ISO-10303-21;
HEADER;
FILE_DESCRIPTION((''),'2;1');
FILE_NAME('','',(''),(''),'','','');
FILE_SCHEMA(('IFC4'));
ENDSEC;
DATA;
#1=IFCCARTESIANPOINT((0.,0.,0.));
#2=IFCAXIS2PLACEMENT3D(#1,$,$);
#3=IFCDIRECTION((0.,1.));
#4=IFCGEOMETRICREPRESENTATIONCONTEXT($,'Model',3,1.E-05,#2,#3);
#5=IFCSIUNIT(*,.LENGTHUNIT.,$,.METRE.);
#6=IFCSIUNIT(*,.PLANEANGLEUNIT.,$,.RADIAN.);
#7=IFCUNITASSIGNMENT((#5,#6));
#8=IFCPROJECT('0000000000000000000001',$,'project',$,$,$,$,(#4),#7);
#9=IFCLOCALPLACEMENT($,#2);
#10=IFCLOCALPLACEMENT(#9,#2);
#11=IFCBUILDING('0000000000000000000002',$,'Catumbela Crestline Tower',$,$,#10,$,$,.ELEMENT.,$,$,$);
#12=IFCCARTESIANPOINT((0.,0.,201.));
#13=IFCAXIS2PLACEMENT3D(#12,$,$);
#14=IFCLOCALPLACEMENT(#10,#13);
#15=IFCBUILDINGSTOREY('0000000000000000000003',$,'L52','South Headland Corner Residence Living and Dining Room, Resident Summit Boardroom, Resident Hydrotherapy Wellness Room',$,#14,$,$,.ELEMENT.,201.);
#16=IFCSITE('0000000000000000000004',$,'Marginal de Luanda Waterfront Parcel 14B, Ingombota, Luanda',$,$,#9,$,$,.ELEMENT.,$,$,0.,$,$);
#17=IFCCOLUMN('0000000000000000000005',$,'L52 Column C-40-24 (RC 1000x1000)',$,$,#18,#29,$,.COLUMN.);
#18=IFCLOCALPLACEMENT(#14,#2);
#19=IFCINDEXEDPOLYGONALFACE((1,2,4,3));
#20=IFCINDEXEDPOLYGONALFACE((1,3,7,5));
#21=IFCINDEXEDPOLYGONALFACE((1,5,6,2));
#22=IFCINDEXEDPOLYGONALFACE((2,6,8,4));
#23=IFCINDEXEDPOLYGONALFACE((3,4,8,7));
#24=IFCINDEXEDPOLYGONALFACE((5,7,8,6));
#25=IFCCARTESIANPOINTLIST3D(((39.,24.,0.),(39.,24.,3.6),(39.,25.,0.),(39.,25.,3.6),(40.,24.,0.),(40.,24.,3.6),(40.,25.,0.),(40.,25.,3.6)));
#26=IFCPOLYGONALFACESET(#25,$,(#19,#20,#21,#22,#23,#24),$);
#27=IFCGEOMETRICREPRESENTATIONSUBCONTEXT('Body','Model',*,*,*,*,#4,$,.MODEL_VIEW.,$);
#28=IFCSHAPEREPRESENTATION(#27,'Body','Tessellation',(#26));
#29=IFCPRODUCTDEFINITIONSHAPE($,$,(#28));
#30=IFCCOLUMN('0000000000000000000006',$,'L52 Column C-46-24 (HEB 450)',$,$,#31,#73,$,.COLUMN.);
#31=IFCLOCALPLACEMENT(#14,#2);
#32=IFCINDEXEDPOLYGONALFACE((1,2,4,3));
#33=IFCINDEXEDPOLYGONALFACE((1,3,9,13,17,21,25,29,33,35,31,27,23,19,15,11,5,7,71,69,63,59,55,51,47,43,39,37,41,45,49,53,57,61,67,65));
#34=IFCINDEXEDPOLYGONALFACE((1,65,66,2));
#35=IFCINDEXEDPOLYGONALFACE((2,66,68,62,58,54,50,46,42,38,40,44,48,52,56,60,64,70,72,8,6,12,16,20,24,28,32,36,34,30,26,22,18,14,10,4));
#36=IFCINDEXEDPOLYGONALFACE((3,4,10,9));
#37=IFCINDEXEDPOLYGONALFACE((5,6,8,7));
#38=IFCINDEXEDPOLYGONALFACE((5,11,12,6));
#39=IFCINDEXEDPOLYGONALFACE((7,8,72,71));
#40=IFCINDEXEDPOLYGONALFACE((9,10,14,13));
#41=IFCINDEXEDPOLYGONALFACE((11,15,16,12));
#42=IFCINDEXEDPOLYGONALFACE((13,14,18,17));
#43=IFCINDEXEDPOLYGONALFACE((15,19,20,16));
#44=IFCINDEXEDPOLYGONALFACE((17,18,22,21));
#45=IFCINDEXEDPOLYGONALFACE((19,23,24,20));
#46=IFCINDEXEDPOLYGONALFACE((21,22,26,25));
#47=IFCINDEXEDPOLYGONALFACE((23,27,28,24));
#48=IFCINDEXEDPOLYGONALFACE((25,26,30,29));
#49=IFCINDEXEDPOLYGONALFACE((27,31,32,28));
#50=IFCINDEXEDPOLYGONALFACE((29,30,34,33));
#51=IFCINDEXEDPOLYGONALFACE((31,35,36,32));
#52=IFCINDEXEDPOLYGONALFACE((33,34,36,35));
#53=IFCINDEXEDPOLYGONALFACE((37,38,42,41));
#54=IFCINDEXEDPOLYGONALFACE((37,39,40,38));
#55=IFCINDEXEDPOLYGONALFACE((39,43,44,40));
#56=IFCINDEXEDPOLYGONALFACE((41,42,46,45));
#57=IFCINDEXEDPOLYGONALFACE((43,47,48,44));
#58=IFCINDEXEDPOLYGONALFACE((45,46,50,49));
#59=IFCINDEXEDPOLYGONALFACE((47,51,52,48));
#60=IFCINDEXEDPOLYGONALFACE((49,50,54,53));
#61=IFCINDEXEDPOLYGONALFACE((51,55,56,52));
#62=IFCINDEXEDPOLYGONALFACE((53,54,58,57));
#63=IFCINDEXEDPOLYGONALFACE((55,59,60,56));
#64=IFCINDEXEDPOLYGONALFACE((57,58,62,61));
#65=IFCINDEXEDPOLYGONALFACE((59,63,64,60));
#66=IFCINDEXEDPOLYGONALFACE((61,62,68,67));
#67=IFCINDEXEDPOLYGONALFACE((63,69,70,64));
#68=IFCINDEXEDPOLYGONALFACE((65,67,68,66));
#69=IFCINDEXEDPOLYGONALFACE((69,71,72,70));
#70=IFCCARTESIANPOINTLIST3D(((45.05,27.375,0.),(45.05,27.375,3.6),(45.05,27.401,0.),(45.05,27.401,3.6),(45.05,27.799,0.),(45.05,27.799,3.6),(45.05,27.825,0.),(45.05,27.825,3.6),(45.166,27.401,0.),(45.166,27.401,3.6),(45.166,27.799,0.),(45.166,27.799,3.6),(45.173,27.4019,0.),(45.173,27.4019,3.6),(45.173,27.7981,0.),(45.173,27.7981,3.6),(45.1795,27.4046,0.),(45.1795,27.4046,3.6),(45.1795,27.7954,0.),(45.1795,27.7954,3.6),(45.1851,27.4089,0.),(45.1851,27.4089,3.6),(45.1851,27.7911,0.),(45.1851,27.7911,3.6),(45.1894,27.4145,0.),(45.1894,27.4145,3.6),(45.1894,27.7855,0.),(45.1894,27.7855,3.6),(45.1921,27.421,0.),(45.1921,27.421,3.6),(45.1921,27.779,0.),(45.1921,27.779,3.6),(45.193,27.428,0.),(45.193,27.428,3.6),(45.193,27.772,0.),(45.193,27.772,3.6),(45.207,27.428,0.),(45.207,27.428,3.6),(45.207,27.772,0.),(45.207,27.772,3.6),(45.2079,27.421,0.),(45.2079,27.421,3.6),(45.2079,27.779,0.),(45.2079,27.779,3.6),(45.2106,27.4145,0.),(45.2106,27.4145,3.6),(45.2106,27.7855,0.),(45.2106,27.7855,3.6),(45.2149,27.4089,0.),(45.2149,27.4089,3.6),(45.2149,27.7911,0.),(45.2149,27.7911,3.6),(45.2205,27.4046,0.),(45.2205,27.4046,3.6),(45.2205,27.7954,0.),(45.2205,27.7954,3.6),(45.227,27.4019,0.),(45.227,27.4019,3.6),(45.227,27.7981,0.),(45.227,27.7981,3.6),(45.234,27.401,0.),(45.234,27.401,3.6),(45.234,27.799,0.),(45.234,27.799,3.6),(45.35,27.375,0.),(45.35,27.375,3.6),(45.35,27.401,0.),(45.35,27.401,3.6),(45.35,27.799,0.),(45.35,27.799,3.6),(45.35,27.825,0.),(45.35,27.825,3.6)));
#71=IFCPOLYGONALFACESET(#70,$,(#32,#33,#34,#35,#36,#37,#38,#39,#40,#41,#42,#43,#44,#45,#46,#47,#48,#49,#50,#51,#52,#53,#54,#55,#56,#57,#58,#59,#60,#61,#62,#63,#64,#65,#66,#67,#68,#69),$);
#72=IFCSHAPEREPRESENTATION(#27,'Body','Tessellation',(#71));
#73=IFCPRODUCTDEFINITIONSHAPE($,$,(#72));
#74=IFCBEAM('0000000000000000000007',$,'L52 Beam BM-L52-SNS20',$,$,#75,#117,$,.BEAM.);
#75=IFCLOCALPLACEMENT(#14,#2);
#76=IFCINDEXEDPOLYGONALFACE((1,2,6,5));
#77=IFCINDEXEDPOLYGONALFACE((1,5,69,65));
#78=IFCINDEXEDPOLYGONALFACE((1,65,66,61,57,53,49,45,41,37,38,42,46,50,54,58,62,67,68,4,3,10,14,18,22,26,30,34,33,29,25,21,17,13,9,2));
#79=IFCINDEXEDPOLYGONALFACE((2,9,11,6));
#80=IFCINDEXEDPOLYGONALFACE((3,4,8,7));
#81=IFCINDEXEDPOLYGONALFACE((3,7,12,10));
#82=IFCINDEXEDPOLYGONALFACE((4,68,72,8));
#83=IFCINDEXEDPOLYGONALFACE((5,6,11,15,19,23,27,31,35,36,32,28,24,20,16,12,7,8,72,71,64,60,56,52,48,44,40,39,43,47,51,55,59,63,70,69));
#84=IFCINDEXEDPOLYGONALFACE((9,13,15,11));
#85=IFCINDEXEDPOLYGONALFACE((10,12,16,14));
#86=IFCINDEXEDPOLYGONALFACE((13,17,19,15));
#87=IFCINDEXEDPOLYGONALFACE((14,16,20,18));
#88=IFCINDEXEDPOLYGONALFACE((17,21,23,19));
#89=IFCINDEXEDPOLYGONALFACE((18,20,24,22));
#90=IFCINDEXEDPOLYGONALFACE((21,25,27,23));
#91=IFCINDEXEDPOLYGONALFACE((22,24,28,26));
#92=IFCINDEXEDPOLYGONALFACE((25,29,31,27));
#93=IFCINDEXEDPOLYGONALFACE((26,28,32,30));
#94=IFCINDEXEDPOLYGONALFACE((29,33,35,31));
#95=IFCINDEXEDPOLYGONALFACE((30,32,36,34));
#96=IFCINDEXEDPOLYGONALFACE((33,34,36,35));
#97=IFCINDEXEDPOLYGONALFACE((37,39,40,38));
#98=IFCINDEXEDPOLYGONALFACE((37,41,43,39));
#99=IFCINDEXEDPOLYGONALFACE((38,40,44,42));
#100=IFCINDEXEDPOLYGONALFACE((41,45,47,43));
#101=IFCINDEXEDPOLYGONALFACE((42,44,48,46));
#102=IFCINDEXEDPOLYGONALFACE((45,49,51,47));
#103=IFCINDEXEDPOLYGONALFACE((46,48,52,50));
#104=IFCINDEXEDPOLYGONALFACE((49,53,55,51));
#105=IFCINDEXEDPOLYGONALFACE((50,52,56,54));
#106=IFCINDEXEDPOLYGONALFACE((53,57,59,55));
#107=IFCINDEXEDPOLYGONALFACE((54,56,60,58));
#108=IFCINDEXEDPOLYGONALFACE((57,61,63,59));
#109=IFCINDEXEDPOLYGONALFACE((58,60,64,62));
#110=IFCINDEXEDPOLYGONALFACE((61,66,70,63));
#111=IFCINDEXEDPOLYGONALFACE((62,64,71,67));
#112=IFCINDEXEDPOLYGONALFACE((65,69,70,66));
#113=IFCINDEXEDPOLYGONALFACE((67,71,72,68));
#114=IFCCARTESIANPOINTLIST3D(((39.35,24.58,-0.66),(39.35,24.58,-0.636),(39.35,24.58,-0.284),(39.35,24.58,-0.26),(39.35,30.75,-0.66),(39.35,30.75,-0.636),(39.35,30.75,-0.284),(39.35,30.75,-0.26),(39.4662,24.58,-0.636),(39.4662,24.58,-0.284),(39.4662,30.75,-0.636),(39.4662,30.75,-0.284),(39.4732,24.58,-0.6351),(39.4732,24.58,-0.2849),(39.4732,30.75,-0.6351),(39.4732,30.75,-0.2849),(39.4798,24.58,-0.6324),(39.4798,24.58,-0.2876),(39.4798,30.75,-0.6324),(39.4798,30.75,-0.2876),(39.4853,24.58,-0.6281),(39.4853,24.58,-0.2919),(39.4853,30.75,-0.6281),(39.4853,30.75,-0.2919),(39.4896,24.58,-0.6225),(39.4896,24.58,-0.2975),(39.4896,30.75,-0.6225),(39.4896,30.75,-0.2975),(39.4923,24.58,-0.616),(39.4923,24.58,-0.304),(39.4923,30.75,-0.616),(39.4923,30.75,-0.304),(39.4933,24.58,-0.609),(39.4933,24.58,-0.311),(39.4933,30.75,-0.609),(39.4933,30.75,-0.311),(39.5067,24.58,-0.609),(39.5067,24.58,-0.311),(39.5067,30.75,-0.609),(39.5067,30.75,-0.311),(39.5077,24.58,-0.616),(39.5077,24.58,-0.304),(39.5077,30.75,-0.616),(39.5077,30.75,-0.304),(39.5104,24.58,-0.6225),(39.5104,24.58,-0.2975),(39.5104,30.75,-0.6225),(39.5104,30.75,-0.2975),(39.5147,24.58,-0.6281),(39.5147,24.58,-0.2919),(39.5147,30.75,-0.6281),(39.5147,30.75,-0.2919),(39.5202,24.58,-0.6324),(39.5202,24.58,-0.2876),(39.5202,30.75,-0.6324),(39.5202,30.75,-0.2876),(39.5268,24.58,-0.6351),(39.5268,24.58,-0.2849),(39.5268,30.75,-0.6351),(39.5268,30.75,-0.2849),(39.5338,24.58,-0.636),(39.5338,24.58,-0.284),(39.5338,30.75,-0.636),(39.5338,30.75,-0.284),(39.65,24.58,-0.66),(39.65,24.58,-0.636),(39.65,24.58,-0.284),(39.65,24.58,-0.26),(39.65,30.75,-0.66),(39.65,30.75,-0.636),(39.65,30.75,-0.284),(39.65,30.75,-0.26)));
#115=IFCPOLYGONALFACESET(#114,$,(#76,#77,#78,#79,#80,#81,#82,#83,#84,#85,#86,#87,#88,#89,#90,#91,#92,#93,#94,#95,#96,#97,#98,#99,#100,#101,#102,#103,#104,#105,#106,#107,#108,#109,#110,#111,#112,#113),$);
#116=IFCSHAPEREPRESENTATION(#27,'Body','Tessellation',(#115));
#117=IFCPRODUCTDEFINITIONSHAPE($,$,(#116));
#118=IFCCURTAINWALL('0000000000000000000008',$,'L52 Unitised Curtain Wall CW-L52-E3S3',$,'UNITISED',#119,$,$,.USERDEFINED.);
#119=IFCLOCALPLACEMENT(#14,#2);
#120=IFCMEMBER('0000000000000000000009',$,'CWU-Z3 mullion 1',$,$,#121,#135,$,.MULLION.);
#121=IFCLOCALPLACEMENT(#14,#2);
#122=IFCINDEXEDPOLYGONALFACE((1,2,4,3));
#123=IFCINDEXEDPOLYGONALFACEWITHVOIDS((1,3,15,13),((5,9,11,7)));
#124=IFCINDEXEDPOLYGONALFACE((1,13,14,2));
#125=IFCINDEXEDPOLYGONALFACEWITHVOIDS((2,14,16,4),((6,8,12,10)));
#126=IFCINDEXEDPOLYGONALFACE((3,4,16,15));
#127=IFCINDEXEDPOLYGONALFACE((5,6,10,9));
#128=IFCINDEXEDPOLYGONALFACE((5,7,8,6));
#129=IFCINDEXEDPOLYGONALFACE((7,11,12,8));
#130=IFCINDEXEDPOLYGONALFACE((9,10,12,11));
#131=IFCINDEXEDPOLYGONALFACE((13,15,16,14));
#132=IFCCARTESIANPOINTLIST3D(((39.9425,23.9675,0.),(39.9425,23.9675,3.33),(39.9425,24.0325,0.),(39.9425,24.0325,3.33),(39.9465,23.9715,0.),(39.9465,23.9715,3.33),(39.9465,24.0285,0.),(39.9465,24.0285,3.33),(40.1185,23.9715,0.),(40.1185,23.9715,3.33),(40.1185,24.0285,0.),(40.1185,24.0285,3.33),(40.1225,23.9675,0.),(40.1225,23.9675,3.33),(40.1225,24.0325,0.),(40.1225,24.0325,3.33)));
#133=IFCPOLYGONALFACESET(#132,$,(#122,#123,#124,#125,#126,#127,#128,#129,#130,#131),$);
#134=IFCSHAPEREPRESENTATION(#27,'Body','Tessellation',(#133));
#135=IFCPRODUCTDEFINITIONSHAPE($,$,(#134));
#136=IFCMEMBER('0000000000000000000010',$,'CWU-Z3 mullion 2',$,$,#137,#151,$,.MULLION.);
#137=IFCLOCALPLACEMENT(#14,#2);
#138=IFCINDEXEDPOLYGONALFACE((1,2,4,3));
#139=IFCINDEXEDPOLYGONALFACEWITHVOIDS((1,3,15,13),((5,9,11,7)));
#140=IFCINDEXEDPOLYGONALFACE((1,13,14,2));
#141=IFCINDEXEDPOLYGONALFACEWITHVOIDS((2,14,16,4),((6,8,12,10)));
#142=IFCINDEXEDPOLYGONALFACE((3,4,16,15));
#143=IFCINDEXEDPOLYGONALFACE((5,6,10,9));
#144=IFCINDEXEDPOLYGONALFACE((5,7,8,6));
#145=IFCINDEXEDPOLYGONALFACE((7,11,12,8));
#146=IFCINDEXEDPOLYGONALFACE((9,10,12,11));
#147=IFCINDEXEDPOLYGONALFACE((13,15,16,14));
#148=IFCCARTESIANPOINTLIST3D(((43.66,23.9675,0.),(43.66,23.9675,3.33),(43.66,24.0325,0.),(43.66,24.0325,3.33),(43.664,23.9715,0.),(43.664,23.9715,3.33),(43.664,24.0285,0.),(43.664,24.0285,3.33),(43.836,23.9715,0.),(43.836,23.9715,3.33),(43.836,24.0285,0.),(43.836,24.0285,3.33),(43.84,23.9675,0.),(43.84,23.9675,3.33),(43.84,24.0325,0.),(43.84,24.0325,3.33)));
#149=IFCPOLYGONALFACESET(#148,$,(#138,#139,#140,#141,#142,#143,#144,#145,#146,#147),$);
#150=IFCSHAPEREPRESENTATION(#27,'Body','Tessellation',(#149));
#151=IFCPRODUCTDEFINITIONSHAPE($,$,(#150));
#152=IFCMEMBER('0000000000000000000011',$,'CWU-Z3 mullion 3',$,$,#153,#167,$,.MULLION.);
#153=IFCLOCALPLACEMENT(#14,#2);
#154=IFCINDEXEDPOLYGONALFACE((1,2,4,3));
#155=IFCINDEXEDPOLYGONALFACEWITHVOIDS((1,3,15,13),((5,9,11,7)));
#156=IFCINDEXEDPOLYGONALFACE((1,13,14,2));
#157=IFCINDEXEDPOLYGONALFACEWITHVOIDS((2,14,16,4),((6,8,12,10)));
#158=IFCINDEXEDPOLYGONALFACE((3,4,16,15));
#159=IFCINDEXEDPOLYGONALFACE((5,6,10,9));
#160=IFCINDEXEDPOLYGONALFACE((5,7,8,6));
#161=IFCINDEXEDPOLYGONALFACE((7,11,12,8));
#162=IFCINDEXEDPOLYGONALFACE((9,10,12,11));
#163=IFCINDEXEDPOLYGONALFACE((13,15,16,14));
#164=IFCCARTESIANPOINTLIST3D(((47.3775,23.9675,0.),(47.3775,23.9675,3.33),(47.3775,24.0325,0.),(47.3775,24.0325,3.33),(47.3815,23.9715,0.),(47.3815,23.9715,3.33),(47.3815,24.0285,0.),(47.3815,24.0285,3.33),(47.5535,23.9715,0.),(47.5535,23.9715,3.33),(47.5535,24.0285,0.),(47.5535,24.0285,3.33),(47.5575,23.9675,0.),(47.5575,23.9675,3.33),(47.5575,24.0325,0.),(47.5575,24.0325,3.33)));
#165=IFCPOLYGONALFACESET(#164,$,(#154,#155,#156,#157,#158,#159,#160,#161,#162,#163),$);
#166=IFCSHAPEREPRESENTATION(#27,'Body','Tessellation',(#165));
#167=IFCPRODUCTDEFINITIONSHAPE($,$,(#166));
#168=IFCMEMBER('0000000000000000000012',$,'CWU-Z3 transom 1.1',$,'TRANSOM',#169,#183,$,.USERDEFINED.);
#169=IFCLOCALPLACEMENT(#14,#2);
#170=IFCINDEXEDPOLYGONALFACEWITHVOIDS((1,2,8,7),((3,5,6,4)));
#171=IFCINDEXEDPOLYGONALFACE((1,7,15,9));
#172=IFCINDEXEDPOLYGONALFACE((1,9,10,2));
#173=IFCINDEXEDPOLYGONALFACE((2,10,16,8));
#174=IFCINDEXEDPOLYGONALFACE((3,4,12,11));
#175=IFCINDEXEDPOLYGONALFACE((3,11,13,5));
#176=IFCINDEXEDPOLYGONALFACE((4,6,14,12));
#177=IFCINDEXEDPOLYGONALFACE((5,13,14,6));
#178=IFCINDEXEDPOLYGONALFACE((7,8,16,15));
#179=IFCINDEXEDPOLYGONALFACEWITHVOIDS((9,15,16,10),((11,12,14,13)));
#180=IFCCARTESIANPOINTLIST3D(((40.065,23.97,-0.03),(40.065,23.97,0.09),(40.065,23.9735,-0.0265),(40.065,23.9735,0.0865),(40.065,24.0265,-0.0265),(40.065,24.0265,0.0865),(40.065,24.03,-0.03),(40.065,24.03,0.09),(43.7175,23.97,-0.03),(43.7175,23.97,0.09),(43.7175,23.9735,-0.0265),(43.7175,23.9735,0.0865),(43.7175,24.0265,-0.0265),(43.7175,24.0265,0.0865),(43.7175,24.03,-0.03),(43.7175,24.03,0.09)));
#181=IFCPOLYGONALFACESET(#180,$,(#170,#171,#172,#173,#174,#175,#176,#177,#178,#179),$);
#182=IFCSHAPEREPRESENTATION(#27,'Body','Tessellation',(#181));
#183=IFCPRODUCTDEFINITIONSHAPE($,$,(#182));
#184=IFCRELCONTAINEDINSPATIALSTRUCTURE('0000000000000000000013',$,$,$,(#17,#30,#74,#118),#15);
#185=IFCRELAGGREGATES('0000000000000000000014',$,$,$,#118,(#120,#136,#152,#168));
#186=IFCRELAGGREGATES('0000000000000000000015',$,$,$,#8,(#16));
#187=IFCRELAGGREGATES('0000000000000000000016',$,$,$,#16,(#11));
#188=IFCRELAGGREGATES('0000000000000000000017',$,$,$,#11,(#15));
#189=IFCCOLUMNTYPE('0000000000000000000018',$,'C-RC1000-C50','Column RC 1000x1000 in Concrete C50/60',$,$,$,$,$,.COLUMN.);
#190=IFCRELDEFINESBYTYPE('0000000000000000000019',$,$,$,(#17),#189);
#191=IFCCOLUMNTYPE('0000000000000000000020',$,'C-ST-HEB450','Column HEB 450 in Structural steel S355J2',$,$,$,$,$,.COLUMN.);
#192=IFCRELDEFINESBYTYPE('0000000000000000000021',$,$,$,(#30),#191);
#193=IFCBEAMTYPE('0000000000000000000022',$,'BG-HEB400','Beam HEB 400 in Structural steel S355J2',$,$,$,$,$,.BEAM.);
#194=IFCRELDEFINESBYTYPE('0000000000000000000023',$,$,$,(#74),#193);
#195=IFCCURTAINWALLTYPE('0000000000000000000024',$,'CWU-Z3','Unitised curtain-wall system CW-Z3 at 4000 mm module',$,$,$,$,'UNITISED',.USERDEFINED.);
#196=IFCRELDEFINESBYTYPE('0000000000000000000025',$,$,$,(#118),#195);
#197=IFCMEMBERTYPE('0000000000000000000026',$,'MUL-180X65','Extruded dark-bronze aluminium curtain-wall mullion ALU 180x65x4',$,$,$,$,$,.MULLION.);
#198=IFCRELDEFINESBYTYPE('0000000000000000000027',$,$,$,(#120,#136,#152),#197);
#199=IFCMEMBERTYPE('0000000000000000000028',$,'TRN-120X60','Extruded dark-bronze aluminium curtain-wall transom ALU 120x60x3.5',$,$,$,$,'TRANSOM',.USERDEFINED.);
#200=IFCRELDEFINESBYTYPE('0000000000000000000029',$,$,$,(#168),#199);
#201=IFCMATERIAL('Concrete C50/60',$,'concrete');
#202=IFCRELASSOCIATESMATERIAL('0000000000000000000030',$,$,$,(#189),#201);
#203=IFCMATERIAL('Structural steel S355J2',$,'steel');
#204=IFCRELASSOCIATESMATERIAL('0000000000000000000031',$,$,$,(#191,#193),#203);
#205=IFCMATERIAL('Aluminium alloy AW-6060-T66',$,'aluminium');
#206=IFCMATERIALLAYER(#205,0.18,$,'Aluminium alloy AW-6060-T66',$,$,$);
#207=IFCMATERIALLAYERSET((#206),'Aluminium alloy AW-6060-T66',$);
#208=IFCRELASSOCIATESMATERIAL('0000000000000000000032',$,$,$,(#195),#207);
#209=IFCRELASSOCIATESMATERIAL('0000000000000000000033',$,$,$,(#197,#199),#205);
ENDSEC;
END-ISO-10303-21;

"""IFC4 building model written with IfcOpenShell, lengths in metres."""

from ifc_helpers import new_model, si_unit, direction, frame, origin, origin_2d, place, context, subcontext, project, spatial, rectangle, hollow_rectangle, i_section, extrude, material, layer, layer_set, material_profile, profile_set, type_object, element, aggregate, save


model = new_model("IFC4")

# Units and contexts
model_context = context("Model", 3, precision=1e-05, world=origin(), true_north=direction((0.0, 1.0)))
body_context = subcontext(model_context, "Body", "Model", "MODEL_VIEW")
ifc_project = project(units=[si_unit("LENGTHUNIT", "METRE"), si_unit("PLANEANGLEUNIT", "RADIAN")], contexts=[model_context])

# Site, building, storey
site_placement = place(None, origin())
site = spatial("IfcSite", under=ifc_project, at=site_placement, Name="Marginal de Luanda Waterfront Parcel 14B, Ingombota, Luanda", CompositionType="ELEMENT", RefElevation=0.0)
building_placement = place(site_placement, origin())
building = spatial("IfcBuilding", under=site, at=building_placement, Name="Catumbela Crestline Tower", CompositionType="ELEMENT")
storey_placement = place(building_placement, frame((0.0, 0.0, 201.0)))
storey = spatial("IfcBuildingStorey", under=building, at=storey_placement, Name="L52", Description="South Headland Corner Residence Living and Dining Room, Resident Summit Boardroom, Resident Hydrotherapy Wellness Room", CompositionType="ELEMENT", Elevation=201.0)

# Columns
ifc_material_1 = material(Name="Concrete C50/60", Category="concrete")
ifc_material_profile_1 = material_profile(ifc_material_1, rectangle(XDim=1.0, YDim=1.0, at=origin_2d()), Name="RC 1000x1000")
ifc_profile_set_1 = profile_set([ifc_material_profile_1], Name="Concrete C50/60")
column_type_1 = type_object("IfcColumnType", Name="C-RC1000-C50", Description="Column RC 1000x1000 in Concrete C50/60", PredefinedType="COLUMN", material=ifc_profile_set_1)
column_1_placement = place(storey_placement, frame((39.5, 24.5, 0.0), z_axis=(0.0, 0.0, 1.0), x_axis=(1.0, 0.0, 0.0)))
element("IfcColumn", 1, at=column_1_placement, inside=storey, type_object=column_type_1, Name="L52 Column C-40-24 (RC 1000x1000)", PredefinedType="COLUMN", context=body_context, shape_type="SweptSolid", body=[
    extrude(rectangle(XDim=1.0, YDim=1.0, at=origin_2d()), origin(), (0.0, 0.0, 1.0), 3.6),
])
ifc_material_2 = material(Name="Structural steel S355J2", Category="steel")
ifc_material_profile_2 = material_profile(ifc_material_2, i_section(OverallWidth=0.3, OverallDepth=0.45, WebThickness=0.014, FlangeThickness=0.026, FilletRadius=0.027, at=origin_2d()), Name="HEB 450")
ifc_profile_set_2 = profile_set([ifc_material_profile_2], Name="Structural steel S355J2")
column_type_2 = type_object("IfcColumnType", Name="C-ST-HEB450", Description="Column HEB 450 in Structural steel S355J2", PredefinedType="COLUMN", material=ifc_profile_set_2)
column_2_placement = place(storey_placement, frame((45.2, 27.6, 0.0), z_axis=(0.0, 0.0, 1.0), x_axis=(1.0, 0.0, 0.0)))
element("IfcColumn", 2, at=column_2_placement, inside=storey, type_object=column_type_2, Name="L52 Column C-46-24 (HEB 450)", PredefinedType="COLUMN", context=body_context, shape_type="SweptSolid", body=[
    extrude(i_section(OverallWidth=0.3, OverallDepth=0.45, WebThickness=0.014, FlangeThickness=0.026, FilletRadius=0.027, at=origin_2d()), origin(), (0.0, 0.0, 1.0), 3.6),
])

# Beam
ifc_material_profile_3 = material_profile(ifc_material_2, i_section(OverallWidth=0.3, OverallDepth=0.4, WebThickness=0.0135, FlangeThickness=0.024, FilletRadius=0.027, at=origin_2d()), Name="HEB 400")
ifc_profile_set_3 = profile_set([ifc_material_profile_3], Name="Structural steel S355J2")
beam_type = type_object("IfcBeamType", Name="BG-HEB400", Description="Beam HEB 400 in Structural steel S355J2", PredefinedType="BEAM", material=ifc_profile_set_3)
beam_placement = place(storey_placement, frame((39.5, 24.58, -0.46), z_axis=(0.0, 1.0, 0.0), x_axis=(-1.0, 0.0, 0.0)))
element("IfcBeam", 3, at=beam_placement, inside=storey, type_object=beam_type, Name="L52 Beam BM-L52-SNS20", PredefinedType="BEAM", context=body_context, shape_type="SweptSolid", body=[
    extrude(i_section(OverallWidth=0.3, OverallDepth=0.4, WebThickness=0.0135, FlangeThickness=0.024, FilletRadius=0.027, at=origin_2d()), origin(), (0.0, 0.0, 1.0), 6.17),
])

# Curtain wall, members
ifc_material_3 = material(Name="Aluminium alloy AW-6060-T66", Category="aluminium")
ifc_layer_1 = layer(ifc_material_3, 0.18, Name="Aluminium alloy AW-6060-T66")
ifc_layer_set_1 = layer_set([ifc_layer_1], Name="Aluminium alloy AW-6060-T66")
curtain_wall_type = type_object("IfcCurtainWallType", Name="CWU-Z3", Description="Unitised curtain-wall system CW-Z3 at 4000 mm module", ElementType="UNITISED", PredefinedType="USERDEFINED", material=ifc_layer_set_1)
curtain_wall_placement = place(storey_placement, origin())
curtain_wall = element("IfcCurtainWall", 4, at=curtain_wall_placement, inside=storey, type_object=curtain_wall_type, Name="L52 Unitised Curtain Wall CW-L52-E3S3", ObjectType="UNITISED", PredefinedType="USERDEFINED")
ifc_material_profile_4 = material_profile(ifc_material_3, hollow_rectangle(XDim=0.065, YDim=0.18, WallThickness=0.004, at=origin_2d()), Name="ALU 180x65x4")
ifc_profile_set_4 = profile_set([ifc_material_profile_4], Name="Aluminium alloy AW-6060-T66")
member_type_1 = type_object("IfcMemberType", Name="MUL-180X65", Description="Extruded dark-bronze aluminium curtain-wall mullion ALU 180x65x4", PredefinedType="MULLION", material=ifc_profile_set_4)
member_1_placement = place(storey_placement, frame((40.0325, 24.0, 0.0), z_axis=(0.0, 0.0, 1.0), x_axis=(0.0, 1.0, 0.0)))
member_1 = element("IfcMember", 5, at=member_1_placement, type_object=member_type_1, Name="CWU-Z3 mullion 1", PredefinedType="MULLION", context=body_context, shape_type="SweptSolid", body=[
    extrude(hollow_rectangle(XDim=0.065, YDim=0.18, WallThickness=0.004, at=origin_2d()), origin(), (0.0, 0.0, 1.0), 3.33),
])
member_2_placement = place(storey_placement, frame((43.75, 24.0, 0.0), z_axis=(0.0, 0.0, 1.0), x_axis=(0.0, 1.0, 0.0)))
member_2 = element("IfcMember", 6, at=member_2_placement, type_object=member_type_1, Name="CWU-Z3 mullion 2", PredefinedType="MULLION", context=body_context, shape_type="SweptSolid", body=[
    extrude(hollow_rectangle(XDim=0.065, YDim=0.18, WallThickness=0.004, at=origin_2d()), origin(), (0.0, 0.0, 1.0), 3.33),
])
member_3_placement = place(storey_placement, frame((47.4675, 24.0, 0.0), z_axis=(0.0, 0.0, 1.0), x_axis=(0.0, 1.0, 0.0)))
member_3 = element("IfcMember", 7, at=member_3_placement, type_object=member_type_1, Name="CWU-Z3 mullion 3", PredefinedType="MULLION", context=body_context, shape_type="SweptSolid", body=[
    extrude(hollow_rectangle(XDim=0.065, YDim=0.18, WallThickness=0.004, at=origin_2d()), origin(), (0.0, 0.0, 1.0), 3.33),
])
ifc_material_profile_5 = material_profile(ifc_material_3, hollow_rectangle(XDim=0.06, YDim=0.12, WallThickness=0.0035, at=origin_2d()), Name="ALU 120x60x3.5")
ifc_profile_set_5 = profile_set([ifc_material_profile_5], Name="Aluminium alloy AW-6060-T66")
member_type_2 = type_object("IfcMemberType", Name="TRN-120X60", Description="Extruded dark-bronze aluminium curtain-wall transom ALU 120x60x3.5", ElementType="TRANSOM", PredefinedType="USERDEFINED", material=ifc_profile_set_5)
member_4_placement = place(storey_placement, frame((40.065, 24.0, 0.03), z_axis=(1.0, 0.0, 0.0), x_axis=(0.0, 1.0, 0.0)))
member_4 = element("IfcMember", 8, at=member_4_placement, type_object=member_type_2, Name="CWU-Z3 transom 1.1", ObjectType="TRANSOM", PredefinedType="USERDEFINED", context=body_context, shape_type="SweptSolid", body=[
    extrude(hollow_rectangle(XDim=0.06, YDim=0.12, WallThickness=0.0035, at=origin_2d()), origin(), (0.0, 0.0, 1.0), 3.6525),
])
aggregate(curtain_wall, [member_1, member_2, member_3, member_4])

save(model, "model.ifc")
